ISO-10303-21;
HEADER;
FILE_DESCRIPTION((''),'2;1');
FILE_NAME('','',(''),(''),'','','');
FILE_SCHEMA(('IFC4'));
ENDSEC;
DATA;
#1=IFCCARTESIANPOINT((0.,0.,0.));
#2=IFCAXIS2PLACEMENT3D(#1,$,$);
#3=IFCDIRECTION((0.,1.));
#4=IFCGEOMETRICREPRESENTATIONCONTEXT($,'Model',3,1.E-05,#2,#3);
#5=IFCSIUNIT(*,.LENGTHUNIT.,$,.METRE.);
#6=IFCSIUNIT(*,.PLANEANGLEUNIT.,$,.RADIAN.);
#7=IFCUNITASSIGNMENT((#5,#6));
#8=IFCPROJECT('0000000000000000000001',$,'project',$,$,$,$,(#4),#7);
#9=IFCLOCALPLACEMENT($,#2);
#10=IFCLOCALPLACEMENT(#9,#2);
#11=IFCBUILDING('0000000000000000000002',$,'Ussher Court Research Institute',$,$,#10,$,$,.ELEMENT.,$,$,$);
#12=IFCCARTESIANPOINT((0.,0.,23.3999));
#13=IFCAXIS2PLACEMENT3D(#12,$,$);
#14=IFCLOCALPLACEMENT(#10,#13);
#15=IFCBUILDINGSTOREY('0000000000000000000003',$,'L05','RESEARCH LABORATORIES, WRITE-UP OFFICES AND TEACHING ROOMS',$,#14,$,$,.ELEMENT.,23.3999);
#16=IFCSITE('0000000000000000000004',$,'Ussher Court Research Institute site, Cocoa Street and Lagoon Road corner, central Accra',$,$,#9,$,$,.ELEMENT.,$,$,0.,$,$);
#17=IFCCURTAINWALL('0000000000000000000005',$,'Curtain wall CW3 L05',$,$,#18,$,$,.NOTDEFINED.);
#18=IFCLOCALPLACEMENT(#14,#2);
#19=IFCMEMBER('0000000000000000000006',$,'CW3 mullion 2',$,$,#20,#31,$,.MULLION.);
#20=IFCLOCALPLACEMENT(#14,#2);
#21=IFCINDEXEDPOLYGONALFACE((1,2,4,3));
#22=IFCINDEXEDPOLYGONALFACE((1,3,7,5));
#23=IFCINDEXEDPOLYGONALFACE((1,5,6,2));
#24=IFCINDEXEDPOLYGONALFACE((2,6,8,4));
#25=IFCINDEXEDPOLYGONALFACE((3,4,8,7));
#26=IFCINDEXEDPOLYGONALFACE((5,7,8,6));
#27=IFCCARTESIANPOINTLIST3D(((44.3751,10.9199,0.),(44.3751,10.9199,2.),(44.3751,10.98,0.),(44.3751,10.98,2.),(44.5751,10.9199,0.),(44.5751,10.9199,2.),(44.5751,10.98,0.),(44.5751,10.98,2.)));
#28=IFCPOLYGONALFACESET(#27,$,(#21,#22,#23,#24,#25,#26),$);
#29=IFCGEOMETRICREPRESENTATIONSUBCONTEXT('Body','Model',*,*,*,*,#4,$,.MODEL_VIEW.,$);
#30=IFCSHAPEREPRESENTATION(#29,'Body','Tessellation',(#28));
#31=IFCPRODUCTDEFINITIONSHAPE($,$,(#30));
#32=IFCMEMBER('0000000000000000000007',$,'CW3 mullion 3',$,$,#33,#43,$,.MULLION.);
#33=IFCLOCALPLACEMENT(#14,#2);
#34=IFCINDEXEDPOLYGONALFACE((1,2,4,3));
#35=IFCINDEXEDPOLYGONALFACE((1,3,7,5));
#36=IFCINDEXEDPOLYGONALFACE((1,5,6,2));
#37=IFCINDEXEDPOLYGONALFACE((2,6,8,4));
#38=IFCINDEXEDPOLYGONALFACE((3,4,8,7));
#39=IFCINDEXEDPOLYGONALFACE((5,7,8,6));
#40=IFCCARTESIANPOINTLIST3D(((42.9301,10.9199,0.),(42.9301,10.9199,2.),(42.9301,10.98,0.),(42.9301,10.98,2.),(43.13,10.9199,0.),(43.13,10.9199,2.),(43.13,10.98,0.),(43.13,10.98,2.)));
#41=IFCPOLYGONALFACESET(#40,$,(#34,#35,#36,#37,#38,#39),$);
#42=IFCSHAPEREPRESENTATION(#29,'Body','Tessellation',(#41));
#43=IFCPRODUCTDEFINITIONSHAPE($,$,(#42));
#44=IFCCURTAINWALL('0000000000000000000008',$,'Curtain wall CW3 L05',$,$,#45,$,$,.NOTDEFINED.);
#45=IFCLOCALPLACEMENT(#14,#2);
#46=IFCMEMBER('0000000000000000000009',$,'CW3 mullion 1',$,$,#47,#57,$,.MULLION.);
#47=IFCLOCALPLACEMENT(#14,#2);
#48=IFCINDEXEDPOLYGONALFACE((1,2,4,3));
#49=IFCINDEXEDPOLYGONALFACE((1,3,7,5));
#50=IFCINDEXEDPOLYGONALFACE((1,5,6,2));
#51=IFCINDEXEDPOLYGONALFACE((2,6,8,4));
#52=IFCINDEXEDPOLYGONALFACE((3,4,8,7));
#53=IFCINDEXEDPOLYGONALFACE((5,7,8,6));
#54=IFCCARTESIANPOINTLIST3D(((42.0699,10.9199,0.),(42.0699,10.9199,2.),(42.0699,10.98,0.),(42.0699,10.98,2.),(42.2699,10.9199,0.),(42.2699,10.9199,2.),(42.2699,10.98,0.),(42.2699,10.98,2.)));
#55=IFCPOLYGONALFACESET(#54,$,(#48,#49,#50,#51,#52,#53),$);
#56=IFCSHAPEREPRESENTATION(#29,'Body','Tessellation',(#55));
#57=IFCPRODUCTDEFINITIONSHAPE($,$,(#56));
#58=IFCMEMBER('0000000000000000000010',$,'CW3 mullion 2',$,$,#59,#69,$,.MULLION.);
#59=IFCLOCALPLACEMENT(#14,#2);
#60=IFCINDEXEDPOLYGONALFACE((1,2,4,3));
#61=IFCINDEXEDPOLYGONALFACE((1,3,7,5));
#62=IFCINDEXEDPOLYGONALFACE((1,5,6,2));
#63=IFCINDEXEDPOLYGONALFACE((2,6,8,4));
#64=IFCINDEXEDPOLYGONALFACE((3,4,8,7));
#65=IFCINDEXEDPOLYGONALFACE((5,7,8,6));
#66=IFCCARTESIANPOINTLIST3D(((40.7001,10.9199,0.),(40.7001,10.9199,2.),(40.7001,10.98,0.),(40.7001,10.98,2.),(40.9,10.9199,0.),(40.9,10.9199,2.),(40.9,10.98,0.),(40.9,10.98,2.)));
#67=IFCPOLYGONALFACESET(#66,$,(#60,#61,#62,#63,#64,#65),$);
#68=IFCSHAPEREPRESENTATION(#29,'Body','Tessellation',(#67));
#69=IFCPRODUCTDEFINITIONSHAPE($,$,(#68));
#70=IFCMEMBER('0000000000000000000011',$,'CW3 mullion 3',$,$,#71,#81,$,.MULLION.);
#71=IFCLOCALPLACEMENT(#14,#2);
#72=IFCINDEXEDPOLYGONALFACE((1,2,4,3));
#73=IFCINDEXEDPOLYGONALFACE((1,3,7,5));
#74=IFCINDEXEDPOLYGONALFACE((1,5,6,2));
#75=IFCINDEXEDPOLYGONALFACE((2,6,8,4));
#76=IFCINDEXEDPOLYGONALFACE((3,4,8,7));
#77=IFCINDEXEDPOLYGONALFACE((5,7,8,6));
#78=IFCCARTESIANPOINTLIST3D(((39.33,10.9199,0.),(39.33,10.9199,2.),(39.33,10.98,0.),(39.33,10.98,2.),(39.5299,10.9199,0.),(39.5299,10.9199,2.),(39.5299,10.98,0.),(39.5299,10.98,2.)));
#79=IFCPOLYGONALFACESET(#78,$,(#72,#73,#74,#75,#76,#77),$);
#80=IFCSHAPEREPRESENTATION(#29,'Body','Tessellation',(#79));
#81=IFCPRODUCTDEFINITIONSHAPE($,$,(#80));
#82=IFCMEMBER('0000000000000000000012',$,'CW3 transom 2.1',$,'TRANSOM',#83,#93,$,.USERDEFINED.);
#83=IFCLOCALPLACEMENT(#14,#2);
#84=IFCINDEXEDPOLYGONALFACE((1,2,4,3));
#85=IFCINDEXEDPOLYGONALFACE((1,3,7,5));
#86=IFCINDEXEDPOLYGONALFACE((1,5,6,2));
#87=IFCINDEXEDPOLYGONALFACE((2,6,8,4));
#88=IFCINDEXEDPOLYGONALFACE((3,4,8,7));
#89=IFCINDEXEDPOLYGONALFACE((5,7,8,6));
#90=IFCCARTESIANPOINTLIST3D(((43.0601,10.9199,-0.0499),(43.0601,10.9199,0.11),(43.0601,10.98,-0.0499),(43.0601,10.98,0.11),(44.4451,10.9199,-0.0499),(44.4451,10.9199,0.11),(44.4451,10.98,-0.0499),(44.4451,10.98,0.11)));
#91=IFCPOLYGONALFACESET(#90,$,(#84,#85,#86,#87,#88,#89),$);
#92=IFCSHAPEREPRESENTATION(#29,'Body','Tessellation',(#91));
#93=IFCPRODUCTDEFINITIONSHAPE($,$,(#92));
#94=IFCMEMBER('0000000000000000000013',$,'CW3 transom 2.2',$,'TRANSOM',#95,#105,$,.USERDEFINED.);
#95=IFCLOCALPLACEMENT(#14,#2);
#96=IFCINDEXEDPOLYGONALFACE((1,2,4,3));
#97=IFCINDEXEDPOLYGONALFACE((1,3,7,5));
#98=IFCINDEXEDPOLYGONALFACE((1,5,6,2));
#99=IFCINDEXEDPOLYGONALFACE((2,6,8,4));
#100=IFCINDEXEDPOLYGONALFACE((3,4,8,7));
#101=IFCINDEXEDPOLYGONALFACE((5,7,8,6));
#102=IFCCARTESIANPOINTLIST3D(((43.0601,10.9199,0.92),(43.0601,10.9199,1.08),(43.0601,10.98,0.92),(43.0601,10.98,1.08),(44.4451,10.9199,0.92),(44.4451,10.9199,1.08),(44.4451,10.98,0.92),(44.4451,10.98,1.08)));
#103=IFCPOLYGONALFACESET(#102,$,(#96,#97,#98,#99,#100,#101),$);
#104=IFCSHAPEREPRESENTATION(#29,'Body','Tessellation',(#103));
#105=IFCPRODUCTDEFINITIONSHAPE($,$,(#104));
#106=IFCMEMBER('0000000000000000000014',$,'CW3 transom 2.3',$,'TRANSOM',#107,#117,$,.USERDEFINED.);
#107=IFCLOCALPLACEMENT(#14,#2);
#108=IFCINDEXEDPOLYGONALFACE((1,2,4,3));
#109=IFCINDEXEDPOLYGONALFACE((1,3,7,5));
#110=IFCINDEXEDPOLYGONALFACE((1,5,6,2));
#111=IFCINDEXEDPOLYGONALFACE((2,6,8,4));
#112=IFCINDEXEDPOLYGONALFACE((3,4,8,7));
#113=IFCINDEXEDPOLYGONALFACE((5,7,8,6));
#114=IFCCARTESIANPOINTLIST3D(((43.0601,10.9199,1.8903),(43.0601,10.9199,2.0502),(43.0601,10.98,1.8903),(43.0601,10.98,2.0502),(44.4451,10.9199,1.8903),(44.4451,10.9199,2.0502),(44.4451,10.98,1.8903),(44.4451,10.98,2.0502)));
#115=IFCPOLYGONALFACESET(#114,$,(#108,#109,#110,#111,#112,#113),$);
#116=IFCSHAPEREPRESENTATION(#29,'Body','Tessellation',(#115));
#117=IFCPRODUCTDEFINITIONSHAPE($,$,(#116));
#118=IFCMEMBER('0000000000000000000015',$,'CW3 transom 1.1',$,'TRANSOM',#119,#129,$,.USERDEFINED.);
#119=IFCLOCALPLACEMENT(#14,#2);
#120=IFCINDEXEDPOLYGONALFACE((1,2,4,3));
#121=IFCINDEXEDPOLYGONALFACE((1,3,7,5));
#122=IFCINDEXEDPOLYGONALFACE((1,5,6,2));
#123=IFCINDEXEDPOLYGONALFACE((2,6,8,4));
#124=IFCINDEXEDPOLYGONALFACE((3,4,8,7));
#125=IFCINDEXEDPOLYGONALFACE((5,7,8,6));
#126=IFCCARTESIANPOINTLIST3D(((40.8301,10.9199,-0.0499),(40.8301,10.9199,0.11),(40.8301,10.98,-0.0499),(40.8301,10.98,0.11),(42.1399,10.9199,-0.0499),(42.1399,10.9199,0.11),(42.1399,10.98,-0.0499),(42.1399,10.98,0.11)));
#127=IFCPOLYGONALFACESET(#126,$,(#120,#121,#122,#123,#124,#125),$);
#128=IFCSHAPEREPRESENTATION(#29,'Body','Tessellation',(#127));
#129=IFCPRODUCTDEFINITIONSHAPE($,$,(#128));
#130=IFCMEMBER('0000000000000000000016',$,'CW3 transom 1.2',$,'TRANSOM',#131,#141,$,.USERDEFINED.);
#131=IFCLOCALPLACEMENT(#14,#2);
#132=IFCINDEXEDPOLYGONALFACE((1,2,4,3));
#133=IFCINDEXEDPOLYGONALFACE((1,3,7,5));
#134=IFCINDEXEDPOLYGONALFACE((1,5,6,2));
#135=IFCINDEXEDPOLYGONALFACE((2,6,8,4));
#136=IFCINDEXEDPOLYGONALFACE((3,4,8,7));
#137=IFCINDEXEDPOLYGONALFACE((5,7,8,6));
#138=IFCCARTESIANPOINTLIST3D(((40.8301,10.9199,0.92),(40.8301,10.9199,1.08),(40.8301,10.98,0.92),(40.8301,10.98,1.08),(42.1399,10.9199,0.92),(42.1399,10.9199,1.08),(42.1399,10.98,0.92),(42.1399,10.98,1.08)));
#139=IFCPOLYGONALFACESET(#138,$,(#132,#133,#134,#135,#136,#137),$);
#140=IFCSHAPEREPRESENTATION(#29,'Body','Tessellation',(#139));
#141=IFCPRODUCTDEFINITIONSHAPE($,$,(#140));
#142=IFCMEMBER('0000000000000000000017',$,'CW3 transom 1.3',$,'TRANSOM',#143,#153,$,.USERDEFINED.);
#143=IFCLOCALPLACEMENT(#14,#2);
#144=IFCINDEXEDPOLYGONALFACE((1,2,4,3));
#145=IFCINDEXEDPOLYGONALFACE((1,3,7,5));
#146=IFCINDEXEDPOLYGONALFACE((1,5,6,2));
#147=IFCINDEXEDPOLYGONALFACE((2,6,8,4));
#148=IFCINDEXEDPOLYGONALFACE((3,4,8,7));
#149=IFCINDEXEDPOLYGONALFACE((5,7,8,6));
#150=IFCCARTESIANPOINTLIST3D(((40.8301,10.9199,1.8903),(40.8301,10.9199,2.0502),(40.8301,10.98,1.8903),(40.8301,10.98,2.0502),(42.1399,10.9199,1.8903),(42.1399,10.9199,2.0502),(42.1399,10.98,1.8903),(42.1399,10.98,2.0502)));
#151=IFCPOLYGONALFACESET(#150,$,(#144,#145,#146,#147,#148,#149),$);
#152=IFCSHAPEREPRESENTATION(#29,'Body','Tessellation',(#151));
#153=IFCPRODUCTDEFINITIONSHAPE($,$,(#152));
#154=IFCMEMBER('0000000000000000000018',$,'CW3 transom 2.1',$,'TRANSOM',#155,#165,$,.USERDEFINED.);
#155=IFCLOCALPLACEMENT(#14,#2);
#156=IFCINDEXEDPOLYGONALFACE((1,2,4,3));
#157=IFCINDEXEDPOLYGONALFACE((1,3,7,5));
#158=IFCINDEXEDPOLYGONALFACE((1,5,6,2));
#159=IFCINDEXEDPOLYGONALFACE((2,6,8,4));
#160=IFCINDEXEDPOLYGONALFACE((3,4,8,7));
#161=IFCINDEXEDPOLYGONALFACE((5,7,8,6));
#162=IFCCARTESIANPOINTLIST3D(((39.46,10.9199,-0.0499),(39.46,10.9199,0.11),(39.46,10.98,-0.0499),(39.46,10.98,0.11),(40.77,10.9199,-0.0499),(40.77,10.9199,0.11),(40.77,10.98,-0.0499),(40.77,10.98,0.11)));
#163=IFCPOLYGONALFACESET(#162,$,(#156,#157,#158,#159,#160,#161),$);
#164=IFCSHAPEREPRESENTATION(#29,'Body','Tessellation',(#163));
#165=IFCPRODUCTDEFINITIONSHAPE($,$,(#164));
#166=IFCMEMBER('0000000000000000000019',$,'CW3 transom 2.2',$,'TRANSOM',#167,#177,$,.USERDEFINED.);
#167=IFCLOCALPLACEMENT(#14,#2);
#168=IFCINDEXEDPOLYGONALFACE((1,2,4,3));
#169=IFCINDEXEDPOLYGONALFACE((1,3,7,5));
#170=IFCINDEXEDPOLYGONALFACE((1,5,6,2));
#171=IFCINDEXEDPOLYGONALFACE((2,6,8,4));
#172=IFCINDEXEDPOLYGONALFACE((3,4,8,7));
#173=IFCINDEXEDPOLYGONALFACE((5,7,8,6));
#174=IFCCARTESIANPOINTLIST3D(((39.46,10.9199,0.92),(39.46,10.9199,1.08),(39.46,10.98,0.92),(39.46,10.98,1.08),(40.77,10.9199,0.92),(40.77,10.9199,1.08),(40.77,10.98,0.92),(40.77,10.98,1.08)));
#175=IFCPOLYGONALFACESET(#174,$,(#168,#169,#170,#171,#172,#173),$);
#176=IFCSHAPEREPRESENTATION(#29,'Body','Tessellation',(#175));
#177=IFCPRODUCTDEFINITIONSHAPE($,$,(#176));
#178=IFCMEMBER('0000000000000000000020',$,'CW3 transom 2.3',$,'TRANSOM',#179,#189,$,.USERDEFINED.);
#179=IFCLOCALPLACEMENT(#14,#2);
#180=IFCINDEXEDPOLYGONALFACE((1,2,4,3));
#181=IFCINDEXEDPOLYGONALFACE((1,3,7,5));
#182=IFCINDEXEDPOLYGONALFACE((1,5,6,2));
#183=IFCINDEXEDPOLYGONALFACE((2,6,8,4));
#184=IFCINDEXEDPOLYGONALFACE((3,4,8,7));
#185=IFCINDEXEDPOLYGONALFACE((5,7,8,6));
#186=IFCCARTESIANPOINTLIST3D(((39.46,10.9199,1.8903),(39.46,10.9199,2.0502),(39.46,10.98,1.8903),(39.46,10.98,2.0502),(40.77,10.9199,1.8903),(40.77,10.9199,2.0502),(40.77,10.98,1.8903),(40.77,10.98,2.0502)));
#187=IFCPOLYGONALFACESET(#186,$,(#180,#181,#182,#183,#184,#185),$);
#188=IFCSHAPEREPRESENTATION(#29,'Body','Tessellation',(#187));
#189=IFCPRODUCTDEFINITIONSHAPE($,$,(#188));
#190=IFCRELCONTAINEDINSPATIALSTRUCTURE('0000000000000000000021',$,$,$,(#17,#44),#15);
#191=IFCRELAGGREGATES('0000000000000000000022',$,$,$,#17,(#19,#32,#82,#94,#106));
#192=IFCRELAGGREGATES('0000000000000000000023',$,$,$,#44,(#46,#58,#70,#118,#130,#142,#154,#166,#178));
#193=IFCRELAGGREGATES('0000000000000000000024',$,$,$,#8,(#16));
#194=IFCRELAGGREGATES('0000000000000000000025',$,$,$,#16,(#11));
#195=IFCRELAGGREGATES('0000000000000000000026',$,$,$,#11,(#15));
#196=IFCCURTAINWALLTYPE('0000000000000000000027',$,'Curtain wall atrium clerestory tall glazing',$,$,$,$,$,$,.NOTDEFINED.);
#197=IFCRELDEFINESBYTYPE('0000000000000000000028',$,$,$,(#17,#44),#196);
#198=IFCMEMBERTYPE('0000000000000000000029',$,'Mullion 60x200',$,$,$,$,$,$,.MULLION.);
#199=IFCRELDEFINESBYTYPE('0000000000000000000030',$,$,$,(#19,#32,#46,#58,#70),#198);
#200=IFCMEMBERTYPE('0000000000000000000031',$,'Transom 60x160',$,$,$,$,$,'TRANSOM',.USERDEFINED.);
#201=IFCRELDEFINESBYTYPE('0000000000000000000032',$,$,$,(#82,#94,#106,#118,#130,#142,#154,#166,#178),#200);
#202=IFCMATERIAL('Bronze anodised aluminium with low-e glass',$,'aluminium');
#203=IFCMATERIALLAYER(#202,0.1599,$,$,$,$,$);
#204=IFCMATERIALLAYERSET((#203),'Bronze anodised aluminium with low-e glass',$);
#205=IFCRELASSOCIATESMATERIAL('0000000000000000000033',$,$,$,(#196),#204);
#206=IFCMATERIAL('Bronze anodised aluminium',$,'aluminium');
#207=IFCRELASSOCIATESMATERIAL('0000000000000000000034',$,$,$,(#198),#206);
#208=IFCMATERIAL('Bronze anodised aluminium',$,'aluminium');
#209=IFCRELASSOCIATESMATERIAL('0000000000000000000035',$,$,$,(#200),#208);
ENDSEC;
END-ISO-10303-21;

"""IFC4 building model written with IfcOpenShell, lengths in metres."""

from ifc_helpers import new_model, si_unit, direction, frame, origin, origin_2d, place, context, subcontext, project, spatial, rectangle, extrude, material, layer, layer_set, material_profile, profile_set, type_object, element, aggregate, save


model = new_model("IFC4")

# Units and contexts
model_context = context("Model", 3, precision=1e-05, world=origin(), true_north=direction((0.0, 1.0)))
body_context = subcontext(model_context, "Body", "Model", "MODEL_VIEW")
ifc_project = project(units=[si_unit("LENGTHUNIT", "METRE"), si_unit("PLANEANGLEUNIT", "RADIAN")], contexts=[model_context])

# Site, building, storey
site_placement = place(None, origin())
site = spatial("IfcSite", under=ifc_project, at=site_placement, Name="Ussher Court Research Institute site, Cocoa Street and Lagoon Road corner, central Accra", CompositionType="ELEMENT", RefElevation=0.0)
building_placement = place(site_placement, origin())
building = spatial("IfcBuilding", under=site, at=building_placement, Name="Ussher Court Research Institute", CompositionType="ELEMENT")
storey_placement = place(building_placement, frame((0.0, 0.0, 23.3999)))
storey = spatial("IfcBuildingStorey", under=building, at=storey_placement, Name="L05", Description="RESEARCH LABORATORIES, WRITE-UP OFFICES AND TEACHING ROOMS", CompositionType="ELEMENT", Elevation=23.3999)

# Curtain walls, members
ifc_material_1 = material(Name="Bronze anodised aluminium with low-e glass", Category="aluminium")
ifc_layer_1 = layer(ifc_material_1, 0.1599)
ifc_layer_set_1 = layer_set([ifc_layer_1], Name="Bronze anodised aluminium with low-e glass")
curtain_wall_type = type_object("IfcCurtainWallType", Name="Curtain wall atrium clerestory tall glazing", PredefinedType="NOTDEFINED", material=ifc_layer_set_1)
curtain_wall_1_placement = place(storey_placement, origin())
curtain_wall_1 = element("IfcCurtainWall", 1, at=curtain_wall_1_placement, inside=storey, type_object=curtain_wall_type, Name="Curtain wall CW3 L05", PredefinedType="NOTDEFINED")
ifc_material_2 = material(Name="Bronze anodised aluminium", Category="aluminium")
ifc_material_profile_1 = material_profile(ifc_material_2, rectangle(XDim=0.0601, YDim=0.2, at=origin_2d()), Name="Mullion 60x200")
ifc_profile_set_1 = profile_set([ifc_material_profile_1], Name="Bronze anodised aluminium")
member_type_1 = type_object("IfcMemberType", Name="Mullion 60x200", PredefinedType="MULLION", material=ifc_profile_set_1)
member_1_placement = place(storey_placement, frame((44.4751, 10.95, 0.0), z_axis=(0.0, 0.0, 1.0), x_axis=(0.0, -1.0, 0.0)))
member_1 = element("IfcMember", 2, at=member_1_placement, type_object=member_type_1, Name="CW3 mullion 2", PredefinedType="MULLION", context=body_context, shape_type="SweptSolid", body=[
    extrude(rectangle(XDim=0.0601, YDim=0.2, at=origin_2d()), origin(), (0.0, 0.0, 1.0), 2.0),
])
member_2_placement = place(storey_placement, frame((43.03, 10.95, 0.0), z_axis=(0.0, 0.0, 1.0), x_axis=(0.0, -1.0, 0.0)))
member_2 = element("IfcMember", 3, at=member_2_placement, type_object=member_type_1, Name="CW3 mullion 3", PredefinedType="MULLION", context=body_context, shape_type="SweptSolid", body=[
    extrude(rectangle(XDim=0.0601, YDim=0.2, at=origin_2d()), origin(), (0.0, 0.0, 1.0), 2.0),
])
curtain_wall_2_placement = place(storey_placement, origin())
curtain_wall_2 = element("IfcCurtainWall", 4, at=curtain_wall_2_placement, inside=storey, type_object=curtain_wall_type, Name="Curtain wall CW3 L05", PredefinedType="NOTDEFINED")
member_3_placement = place(storey_placement, frame((42.1699, 10.95, 0.0), z_axis=(0.0, 0.0, 1.0), x_axis=(0.0, -1.0, 0.0)))
member_3 = element("IfcMember", 5, at=member_3_placement, type_object=member_type_1, Name="CW3 mullion 1", PredefinedType="MULLION", context=body_context, shape_type="SweptSolid", body=[
    extrude(rectangle(XDim=0.0601, YDim=0.2, at=origin_2d()), origin(), (0.0, 0.0, 1.0), 2.0),
])
member_4_placement = place(storey_placement, frame((40.8, 10.95, 0.0), z_axis=(0.0, 0.0, 1.0), x_axis=(0.0, -1.0, 0.0)))
member_4 = element("IfcMember", 6, at=member_4_placement, type_object=member_type_1, Name="CW3 mullion 2", PredefinedType="MULLION", context=body_context, shape_type="SweptSolid", body=[
    extrude(rectangle(XDim=0.0601, YDim=0.2, at=origin_2d()), origin(), (0.0, 0.0, 1.0), 2.0),
])
member_5_placement = place(storey_placement, frame((39.4299, 10.95, 0.0), z_axis=(0.0, 0.0, 1.0), x_axis=(0.0, -1.0, 0.0)))
member_5 = element("IfcMember", 7, at=member_5_placement, type_object=member_type_1, Name="CW3 mullion 3", PredefinedType="MULLION", context=body_context, shape_type="SweptSolid", body=[
    extrude(rectangle(XDim=0.0601, YDim=0.2, at=origin_2d()), origin(), (0.0, 0.0, 1.0), 2.0),
])

# Members
ifc_material_3 = material(Name="Bronze anodised aluminium", Category="aluminium")
ifc_material_profile_2 = material_profile(ifc_material_3, rectangle(XDim=0.0601, YDim=0.1599, at=origin_2d()), Name="Transom 60x160")
ifc_profile_set_2 = profile_set([ifc_material_profile_2], Name="Bronze anodised aluminium")
member_type_2 = type_object("IfcMemberType", Name="Transom 60x160", ElementType="TRANSOM", PredefinedType="USERDEFINED", material=ifc_profile_set_2)
member_6_placement = place(storey_placement, frame((44.4451, 10.95, 0.03), z_axis=(-1.0, 0.0, 0.0), x_axis=(0.0, -1.0, 0.0)))
member_6 = element("IfcMember", 8, at=member_6_placement, type_object=member_type_2, Name="CW3 transom 2.1", ObjectType="TRANSOM", PredefinedType="USERDEFINED", context=body_context, shape_type="SweptSolid", body=[
    extrude(rectangle(XDim=0.0601, YDim=0.1599, at=origin_2d()), origin(), (0.0, 0.0, 1.0), 1.385),
])
member_7_placement = place(storey_placement, frame((44.4451, 10.95, 1.0), z_axis=(-1.0, 0.0, 0.0), x_axis=(0.0, -1.0, 0.0)))
member_7 = element("IfcMember", 9, at=member_7_placement, type_object=member_type_2, Name="CW3 transom 2.2", ObjectType="TRANSOM", PredefinedType="USERDEFINED", context=body_context, shape_type="SweptSolid", body=[
    extrude(rectangle(XDim=0.0601, YDim=0.1599, at=origin_2d()), origin(), (0.0, 0.0, 1.0), 1.385),
])
member_8_placement = place(storey_placement, frame((44.4451, 10.95, 1.9702), z_axis=(-1.0, 0.0, 0.0), x_axis=(0.0, -1.0, 0.0)))
member_8 = element("IfcMember", 10, at=member_8_placement, type_object=member_type_2, Name="CW3 transom 2.3", ObjectType="TRANSOM", PredefinedType="USERDEFINED", context=body_context, shape_type="SweptSolid", body=[
    extrude(rectangle(XDim=0.0601, YDim=0.1599, at=origin_2d()), origin(), (0.0, 0.0, 1.0), 1.385),
])
member_9_placement = place(storey_placement, frame((42.1399, 10.95, 0.03), z_axis=(-1.0, 0.0, 0.0), x_axis=(0.0, -1.0, 0.0)))
member_9 = element("IfcMember", 11, at=member_9_placement, type_object=member_type_2, Name="CW3 transom 1.1", ObjectType="TRANSOM", PredefinedType="USERDEFINED", context=body_context, shape_type="SweptSolid", body=[
    extrude(rectangle(XDim=0.0601, YDim=0.1599, at=origin_2d()), origin(), (0.0, 0.0, 1.0), 1.3098),
])
member_10_placement = place(storey_placement, frame((42.1399, 10.95, 1.0), z_axis=(-1.0, 0.0, 0.0), x_axis=(0.0, -1.0, 0.0)))
member_10 = element("IfcMember", 12, at=member_10_placement, type_object=member_type_2, Name="CW3 transom 1.2", ObjectType="TRANSOM", PredefinedType="USERDEFINED", context=body_context, shape_type="SweptSolid", body=[
    extrude(rectangle(XDim=0.0601, YDim=0.1599, at=origin_2d()), origin(), (0.0, 0.0, 1.0), 1.3098),
])
member_11_placement = place(storey_placement, frame((42.1399, 10.95, 1.9702), z_axis=(-1.0, 0.0, 0.0), x_axis=(0.0, -1.0, 0.0)))
member_11 = element("IfcMember", 13, at=member_11_placement, type_object=member_type_2, Name="CW3 transom 1.3", ObjectType="TRANSOM", PredefinedType="USERDEFINED", context=body_context, shape_type="SweptSolid", body=[
    extrude(rectangle(XDim=0.0601, YDim=0.1599, at=origin_2d()), origin(), (0.0, 0.0, 1.0), 1.3098),
])
member_12_placement = place(storey_placement, frame((40.77, 10.95, 0.03), z_axis=(-1.0, 0.0, 0.0), x_axis=(0.0, -1.0, 0.0)))
member_12 = element("IfcMember", 14, at=member_12_placement, type_object=member_type_2, Name="CW3 transom 2.1", ObjectType="TRANSOM", PredefinedType="USERDEFINED", context=body_context, shape_type="SweptSolid", body=[
    extrude(rectangle(XDim=0.0601, YDim=0.1599, at=origin_2d()), origin(), (0.0, 0.0, 1.0), 1.3101),
])
member_13_placement = place(storey_placement, frame((40.77, 10.95, 1.0), z_axis=(-1.0, 0.0, 0.0), x_axis=(0.0, -1.0, 0.0)))
member_13 = element("IfcMember", 15, at=member_13_placement, type_object=member_type_2, Name="CW3 transom 2.2", ObjectType="TRANSOM", PredefinedType="USERDEFINED", context=body_context, shape_type="SweptSolid", body=[
    extrude(rectangle(XDim=0.0601, YDim=0.1599, at=origin_2d()), origin(), (0.0, 0.0, 1.0), 1.3101),
])
member_14_placement = place(storey_placement, frame((40.77, 10.95, 1.9702), z_axis=(-1.0, 0.0, 0.0), x_axis=(0.0, -1.0, 0.0)))
member_14 = element("IfcMember", 16, at=member_14_placement, type_object=member_type_2, Name="CW3 transom 2.3", ObjectType="TRANSOM", PredefinedType="USERDEFINED", context=body_context, shape_type="SweptSolid", body=[
    extrude(rectangle(XDim=0.0601, YDim=0.1599, at=origin_2d()), origin(), (0.0, 0.0, 1.0), 1.3101),
])

aggregate(curtain_wall_1, [member_1, member_2, member_6, member_7, member_8])
aggregate(curtain_wall_2, [member_3, member_4, member_5, member_9, member_10, member_11, member_12, member_13, member_14])

save(model, "model.ifc")
